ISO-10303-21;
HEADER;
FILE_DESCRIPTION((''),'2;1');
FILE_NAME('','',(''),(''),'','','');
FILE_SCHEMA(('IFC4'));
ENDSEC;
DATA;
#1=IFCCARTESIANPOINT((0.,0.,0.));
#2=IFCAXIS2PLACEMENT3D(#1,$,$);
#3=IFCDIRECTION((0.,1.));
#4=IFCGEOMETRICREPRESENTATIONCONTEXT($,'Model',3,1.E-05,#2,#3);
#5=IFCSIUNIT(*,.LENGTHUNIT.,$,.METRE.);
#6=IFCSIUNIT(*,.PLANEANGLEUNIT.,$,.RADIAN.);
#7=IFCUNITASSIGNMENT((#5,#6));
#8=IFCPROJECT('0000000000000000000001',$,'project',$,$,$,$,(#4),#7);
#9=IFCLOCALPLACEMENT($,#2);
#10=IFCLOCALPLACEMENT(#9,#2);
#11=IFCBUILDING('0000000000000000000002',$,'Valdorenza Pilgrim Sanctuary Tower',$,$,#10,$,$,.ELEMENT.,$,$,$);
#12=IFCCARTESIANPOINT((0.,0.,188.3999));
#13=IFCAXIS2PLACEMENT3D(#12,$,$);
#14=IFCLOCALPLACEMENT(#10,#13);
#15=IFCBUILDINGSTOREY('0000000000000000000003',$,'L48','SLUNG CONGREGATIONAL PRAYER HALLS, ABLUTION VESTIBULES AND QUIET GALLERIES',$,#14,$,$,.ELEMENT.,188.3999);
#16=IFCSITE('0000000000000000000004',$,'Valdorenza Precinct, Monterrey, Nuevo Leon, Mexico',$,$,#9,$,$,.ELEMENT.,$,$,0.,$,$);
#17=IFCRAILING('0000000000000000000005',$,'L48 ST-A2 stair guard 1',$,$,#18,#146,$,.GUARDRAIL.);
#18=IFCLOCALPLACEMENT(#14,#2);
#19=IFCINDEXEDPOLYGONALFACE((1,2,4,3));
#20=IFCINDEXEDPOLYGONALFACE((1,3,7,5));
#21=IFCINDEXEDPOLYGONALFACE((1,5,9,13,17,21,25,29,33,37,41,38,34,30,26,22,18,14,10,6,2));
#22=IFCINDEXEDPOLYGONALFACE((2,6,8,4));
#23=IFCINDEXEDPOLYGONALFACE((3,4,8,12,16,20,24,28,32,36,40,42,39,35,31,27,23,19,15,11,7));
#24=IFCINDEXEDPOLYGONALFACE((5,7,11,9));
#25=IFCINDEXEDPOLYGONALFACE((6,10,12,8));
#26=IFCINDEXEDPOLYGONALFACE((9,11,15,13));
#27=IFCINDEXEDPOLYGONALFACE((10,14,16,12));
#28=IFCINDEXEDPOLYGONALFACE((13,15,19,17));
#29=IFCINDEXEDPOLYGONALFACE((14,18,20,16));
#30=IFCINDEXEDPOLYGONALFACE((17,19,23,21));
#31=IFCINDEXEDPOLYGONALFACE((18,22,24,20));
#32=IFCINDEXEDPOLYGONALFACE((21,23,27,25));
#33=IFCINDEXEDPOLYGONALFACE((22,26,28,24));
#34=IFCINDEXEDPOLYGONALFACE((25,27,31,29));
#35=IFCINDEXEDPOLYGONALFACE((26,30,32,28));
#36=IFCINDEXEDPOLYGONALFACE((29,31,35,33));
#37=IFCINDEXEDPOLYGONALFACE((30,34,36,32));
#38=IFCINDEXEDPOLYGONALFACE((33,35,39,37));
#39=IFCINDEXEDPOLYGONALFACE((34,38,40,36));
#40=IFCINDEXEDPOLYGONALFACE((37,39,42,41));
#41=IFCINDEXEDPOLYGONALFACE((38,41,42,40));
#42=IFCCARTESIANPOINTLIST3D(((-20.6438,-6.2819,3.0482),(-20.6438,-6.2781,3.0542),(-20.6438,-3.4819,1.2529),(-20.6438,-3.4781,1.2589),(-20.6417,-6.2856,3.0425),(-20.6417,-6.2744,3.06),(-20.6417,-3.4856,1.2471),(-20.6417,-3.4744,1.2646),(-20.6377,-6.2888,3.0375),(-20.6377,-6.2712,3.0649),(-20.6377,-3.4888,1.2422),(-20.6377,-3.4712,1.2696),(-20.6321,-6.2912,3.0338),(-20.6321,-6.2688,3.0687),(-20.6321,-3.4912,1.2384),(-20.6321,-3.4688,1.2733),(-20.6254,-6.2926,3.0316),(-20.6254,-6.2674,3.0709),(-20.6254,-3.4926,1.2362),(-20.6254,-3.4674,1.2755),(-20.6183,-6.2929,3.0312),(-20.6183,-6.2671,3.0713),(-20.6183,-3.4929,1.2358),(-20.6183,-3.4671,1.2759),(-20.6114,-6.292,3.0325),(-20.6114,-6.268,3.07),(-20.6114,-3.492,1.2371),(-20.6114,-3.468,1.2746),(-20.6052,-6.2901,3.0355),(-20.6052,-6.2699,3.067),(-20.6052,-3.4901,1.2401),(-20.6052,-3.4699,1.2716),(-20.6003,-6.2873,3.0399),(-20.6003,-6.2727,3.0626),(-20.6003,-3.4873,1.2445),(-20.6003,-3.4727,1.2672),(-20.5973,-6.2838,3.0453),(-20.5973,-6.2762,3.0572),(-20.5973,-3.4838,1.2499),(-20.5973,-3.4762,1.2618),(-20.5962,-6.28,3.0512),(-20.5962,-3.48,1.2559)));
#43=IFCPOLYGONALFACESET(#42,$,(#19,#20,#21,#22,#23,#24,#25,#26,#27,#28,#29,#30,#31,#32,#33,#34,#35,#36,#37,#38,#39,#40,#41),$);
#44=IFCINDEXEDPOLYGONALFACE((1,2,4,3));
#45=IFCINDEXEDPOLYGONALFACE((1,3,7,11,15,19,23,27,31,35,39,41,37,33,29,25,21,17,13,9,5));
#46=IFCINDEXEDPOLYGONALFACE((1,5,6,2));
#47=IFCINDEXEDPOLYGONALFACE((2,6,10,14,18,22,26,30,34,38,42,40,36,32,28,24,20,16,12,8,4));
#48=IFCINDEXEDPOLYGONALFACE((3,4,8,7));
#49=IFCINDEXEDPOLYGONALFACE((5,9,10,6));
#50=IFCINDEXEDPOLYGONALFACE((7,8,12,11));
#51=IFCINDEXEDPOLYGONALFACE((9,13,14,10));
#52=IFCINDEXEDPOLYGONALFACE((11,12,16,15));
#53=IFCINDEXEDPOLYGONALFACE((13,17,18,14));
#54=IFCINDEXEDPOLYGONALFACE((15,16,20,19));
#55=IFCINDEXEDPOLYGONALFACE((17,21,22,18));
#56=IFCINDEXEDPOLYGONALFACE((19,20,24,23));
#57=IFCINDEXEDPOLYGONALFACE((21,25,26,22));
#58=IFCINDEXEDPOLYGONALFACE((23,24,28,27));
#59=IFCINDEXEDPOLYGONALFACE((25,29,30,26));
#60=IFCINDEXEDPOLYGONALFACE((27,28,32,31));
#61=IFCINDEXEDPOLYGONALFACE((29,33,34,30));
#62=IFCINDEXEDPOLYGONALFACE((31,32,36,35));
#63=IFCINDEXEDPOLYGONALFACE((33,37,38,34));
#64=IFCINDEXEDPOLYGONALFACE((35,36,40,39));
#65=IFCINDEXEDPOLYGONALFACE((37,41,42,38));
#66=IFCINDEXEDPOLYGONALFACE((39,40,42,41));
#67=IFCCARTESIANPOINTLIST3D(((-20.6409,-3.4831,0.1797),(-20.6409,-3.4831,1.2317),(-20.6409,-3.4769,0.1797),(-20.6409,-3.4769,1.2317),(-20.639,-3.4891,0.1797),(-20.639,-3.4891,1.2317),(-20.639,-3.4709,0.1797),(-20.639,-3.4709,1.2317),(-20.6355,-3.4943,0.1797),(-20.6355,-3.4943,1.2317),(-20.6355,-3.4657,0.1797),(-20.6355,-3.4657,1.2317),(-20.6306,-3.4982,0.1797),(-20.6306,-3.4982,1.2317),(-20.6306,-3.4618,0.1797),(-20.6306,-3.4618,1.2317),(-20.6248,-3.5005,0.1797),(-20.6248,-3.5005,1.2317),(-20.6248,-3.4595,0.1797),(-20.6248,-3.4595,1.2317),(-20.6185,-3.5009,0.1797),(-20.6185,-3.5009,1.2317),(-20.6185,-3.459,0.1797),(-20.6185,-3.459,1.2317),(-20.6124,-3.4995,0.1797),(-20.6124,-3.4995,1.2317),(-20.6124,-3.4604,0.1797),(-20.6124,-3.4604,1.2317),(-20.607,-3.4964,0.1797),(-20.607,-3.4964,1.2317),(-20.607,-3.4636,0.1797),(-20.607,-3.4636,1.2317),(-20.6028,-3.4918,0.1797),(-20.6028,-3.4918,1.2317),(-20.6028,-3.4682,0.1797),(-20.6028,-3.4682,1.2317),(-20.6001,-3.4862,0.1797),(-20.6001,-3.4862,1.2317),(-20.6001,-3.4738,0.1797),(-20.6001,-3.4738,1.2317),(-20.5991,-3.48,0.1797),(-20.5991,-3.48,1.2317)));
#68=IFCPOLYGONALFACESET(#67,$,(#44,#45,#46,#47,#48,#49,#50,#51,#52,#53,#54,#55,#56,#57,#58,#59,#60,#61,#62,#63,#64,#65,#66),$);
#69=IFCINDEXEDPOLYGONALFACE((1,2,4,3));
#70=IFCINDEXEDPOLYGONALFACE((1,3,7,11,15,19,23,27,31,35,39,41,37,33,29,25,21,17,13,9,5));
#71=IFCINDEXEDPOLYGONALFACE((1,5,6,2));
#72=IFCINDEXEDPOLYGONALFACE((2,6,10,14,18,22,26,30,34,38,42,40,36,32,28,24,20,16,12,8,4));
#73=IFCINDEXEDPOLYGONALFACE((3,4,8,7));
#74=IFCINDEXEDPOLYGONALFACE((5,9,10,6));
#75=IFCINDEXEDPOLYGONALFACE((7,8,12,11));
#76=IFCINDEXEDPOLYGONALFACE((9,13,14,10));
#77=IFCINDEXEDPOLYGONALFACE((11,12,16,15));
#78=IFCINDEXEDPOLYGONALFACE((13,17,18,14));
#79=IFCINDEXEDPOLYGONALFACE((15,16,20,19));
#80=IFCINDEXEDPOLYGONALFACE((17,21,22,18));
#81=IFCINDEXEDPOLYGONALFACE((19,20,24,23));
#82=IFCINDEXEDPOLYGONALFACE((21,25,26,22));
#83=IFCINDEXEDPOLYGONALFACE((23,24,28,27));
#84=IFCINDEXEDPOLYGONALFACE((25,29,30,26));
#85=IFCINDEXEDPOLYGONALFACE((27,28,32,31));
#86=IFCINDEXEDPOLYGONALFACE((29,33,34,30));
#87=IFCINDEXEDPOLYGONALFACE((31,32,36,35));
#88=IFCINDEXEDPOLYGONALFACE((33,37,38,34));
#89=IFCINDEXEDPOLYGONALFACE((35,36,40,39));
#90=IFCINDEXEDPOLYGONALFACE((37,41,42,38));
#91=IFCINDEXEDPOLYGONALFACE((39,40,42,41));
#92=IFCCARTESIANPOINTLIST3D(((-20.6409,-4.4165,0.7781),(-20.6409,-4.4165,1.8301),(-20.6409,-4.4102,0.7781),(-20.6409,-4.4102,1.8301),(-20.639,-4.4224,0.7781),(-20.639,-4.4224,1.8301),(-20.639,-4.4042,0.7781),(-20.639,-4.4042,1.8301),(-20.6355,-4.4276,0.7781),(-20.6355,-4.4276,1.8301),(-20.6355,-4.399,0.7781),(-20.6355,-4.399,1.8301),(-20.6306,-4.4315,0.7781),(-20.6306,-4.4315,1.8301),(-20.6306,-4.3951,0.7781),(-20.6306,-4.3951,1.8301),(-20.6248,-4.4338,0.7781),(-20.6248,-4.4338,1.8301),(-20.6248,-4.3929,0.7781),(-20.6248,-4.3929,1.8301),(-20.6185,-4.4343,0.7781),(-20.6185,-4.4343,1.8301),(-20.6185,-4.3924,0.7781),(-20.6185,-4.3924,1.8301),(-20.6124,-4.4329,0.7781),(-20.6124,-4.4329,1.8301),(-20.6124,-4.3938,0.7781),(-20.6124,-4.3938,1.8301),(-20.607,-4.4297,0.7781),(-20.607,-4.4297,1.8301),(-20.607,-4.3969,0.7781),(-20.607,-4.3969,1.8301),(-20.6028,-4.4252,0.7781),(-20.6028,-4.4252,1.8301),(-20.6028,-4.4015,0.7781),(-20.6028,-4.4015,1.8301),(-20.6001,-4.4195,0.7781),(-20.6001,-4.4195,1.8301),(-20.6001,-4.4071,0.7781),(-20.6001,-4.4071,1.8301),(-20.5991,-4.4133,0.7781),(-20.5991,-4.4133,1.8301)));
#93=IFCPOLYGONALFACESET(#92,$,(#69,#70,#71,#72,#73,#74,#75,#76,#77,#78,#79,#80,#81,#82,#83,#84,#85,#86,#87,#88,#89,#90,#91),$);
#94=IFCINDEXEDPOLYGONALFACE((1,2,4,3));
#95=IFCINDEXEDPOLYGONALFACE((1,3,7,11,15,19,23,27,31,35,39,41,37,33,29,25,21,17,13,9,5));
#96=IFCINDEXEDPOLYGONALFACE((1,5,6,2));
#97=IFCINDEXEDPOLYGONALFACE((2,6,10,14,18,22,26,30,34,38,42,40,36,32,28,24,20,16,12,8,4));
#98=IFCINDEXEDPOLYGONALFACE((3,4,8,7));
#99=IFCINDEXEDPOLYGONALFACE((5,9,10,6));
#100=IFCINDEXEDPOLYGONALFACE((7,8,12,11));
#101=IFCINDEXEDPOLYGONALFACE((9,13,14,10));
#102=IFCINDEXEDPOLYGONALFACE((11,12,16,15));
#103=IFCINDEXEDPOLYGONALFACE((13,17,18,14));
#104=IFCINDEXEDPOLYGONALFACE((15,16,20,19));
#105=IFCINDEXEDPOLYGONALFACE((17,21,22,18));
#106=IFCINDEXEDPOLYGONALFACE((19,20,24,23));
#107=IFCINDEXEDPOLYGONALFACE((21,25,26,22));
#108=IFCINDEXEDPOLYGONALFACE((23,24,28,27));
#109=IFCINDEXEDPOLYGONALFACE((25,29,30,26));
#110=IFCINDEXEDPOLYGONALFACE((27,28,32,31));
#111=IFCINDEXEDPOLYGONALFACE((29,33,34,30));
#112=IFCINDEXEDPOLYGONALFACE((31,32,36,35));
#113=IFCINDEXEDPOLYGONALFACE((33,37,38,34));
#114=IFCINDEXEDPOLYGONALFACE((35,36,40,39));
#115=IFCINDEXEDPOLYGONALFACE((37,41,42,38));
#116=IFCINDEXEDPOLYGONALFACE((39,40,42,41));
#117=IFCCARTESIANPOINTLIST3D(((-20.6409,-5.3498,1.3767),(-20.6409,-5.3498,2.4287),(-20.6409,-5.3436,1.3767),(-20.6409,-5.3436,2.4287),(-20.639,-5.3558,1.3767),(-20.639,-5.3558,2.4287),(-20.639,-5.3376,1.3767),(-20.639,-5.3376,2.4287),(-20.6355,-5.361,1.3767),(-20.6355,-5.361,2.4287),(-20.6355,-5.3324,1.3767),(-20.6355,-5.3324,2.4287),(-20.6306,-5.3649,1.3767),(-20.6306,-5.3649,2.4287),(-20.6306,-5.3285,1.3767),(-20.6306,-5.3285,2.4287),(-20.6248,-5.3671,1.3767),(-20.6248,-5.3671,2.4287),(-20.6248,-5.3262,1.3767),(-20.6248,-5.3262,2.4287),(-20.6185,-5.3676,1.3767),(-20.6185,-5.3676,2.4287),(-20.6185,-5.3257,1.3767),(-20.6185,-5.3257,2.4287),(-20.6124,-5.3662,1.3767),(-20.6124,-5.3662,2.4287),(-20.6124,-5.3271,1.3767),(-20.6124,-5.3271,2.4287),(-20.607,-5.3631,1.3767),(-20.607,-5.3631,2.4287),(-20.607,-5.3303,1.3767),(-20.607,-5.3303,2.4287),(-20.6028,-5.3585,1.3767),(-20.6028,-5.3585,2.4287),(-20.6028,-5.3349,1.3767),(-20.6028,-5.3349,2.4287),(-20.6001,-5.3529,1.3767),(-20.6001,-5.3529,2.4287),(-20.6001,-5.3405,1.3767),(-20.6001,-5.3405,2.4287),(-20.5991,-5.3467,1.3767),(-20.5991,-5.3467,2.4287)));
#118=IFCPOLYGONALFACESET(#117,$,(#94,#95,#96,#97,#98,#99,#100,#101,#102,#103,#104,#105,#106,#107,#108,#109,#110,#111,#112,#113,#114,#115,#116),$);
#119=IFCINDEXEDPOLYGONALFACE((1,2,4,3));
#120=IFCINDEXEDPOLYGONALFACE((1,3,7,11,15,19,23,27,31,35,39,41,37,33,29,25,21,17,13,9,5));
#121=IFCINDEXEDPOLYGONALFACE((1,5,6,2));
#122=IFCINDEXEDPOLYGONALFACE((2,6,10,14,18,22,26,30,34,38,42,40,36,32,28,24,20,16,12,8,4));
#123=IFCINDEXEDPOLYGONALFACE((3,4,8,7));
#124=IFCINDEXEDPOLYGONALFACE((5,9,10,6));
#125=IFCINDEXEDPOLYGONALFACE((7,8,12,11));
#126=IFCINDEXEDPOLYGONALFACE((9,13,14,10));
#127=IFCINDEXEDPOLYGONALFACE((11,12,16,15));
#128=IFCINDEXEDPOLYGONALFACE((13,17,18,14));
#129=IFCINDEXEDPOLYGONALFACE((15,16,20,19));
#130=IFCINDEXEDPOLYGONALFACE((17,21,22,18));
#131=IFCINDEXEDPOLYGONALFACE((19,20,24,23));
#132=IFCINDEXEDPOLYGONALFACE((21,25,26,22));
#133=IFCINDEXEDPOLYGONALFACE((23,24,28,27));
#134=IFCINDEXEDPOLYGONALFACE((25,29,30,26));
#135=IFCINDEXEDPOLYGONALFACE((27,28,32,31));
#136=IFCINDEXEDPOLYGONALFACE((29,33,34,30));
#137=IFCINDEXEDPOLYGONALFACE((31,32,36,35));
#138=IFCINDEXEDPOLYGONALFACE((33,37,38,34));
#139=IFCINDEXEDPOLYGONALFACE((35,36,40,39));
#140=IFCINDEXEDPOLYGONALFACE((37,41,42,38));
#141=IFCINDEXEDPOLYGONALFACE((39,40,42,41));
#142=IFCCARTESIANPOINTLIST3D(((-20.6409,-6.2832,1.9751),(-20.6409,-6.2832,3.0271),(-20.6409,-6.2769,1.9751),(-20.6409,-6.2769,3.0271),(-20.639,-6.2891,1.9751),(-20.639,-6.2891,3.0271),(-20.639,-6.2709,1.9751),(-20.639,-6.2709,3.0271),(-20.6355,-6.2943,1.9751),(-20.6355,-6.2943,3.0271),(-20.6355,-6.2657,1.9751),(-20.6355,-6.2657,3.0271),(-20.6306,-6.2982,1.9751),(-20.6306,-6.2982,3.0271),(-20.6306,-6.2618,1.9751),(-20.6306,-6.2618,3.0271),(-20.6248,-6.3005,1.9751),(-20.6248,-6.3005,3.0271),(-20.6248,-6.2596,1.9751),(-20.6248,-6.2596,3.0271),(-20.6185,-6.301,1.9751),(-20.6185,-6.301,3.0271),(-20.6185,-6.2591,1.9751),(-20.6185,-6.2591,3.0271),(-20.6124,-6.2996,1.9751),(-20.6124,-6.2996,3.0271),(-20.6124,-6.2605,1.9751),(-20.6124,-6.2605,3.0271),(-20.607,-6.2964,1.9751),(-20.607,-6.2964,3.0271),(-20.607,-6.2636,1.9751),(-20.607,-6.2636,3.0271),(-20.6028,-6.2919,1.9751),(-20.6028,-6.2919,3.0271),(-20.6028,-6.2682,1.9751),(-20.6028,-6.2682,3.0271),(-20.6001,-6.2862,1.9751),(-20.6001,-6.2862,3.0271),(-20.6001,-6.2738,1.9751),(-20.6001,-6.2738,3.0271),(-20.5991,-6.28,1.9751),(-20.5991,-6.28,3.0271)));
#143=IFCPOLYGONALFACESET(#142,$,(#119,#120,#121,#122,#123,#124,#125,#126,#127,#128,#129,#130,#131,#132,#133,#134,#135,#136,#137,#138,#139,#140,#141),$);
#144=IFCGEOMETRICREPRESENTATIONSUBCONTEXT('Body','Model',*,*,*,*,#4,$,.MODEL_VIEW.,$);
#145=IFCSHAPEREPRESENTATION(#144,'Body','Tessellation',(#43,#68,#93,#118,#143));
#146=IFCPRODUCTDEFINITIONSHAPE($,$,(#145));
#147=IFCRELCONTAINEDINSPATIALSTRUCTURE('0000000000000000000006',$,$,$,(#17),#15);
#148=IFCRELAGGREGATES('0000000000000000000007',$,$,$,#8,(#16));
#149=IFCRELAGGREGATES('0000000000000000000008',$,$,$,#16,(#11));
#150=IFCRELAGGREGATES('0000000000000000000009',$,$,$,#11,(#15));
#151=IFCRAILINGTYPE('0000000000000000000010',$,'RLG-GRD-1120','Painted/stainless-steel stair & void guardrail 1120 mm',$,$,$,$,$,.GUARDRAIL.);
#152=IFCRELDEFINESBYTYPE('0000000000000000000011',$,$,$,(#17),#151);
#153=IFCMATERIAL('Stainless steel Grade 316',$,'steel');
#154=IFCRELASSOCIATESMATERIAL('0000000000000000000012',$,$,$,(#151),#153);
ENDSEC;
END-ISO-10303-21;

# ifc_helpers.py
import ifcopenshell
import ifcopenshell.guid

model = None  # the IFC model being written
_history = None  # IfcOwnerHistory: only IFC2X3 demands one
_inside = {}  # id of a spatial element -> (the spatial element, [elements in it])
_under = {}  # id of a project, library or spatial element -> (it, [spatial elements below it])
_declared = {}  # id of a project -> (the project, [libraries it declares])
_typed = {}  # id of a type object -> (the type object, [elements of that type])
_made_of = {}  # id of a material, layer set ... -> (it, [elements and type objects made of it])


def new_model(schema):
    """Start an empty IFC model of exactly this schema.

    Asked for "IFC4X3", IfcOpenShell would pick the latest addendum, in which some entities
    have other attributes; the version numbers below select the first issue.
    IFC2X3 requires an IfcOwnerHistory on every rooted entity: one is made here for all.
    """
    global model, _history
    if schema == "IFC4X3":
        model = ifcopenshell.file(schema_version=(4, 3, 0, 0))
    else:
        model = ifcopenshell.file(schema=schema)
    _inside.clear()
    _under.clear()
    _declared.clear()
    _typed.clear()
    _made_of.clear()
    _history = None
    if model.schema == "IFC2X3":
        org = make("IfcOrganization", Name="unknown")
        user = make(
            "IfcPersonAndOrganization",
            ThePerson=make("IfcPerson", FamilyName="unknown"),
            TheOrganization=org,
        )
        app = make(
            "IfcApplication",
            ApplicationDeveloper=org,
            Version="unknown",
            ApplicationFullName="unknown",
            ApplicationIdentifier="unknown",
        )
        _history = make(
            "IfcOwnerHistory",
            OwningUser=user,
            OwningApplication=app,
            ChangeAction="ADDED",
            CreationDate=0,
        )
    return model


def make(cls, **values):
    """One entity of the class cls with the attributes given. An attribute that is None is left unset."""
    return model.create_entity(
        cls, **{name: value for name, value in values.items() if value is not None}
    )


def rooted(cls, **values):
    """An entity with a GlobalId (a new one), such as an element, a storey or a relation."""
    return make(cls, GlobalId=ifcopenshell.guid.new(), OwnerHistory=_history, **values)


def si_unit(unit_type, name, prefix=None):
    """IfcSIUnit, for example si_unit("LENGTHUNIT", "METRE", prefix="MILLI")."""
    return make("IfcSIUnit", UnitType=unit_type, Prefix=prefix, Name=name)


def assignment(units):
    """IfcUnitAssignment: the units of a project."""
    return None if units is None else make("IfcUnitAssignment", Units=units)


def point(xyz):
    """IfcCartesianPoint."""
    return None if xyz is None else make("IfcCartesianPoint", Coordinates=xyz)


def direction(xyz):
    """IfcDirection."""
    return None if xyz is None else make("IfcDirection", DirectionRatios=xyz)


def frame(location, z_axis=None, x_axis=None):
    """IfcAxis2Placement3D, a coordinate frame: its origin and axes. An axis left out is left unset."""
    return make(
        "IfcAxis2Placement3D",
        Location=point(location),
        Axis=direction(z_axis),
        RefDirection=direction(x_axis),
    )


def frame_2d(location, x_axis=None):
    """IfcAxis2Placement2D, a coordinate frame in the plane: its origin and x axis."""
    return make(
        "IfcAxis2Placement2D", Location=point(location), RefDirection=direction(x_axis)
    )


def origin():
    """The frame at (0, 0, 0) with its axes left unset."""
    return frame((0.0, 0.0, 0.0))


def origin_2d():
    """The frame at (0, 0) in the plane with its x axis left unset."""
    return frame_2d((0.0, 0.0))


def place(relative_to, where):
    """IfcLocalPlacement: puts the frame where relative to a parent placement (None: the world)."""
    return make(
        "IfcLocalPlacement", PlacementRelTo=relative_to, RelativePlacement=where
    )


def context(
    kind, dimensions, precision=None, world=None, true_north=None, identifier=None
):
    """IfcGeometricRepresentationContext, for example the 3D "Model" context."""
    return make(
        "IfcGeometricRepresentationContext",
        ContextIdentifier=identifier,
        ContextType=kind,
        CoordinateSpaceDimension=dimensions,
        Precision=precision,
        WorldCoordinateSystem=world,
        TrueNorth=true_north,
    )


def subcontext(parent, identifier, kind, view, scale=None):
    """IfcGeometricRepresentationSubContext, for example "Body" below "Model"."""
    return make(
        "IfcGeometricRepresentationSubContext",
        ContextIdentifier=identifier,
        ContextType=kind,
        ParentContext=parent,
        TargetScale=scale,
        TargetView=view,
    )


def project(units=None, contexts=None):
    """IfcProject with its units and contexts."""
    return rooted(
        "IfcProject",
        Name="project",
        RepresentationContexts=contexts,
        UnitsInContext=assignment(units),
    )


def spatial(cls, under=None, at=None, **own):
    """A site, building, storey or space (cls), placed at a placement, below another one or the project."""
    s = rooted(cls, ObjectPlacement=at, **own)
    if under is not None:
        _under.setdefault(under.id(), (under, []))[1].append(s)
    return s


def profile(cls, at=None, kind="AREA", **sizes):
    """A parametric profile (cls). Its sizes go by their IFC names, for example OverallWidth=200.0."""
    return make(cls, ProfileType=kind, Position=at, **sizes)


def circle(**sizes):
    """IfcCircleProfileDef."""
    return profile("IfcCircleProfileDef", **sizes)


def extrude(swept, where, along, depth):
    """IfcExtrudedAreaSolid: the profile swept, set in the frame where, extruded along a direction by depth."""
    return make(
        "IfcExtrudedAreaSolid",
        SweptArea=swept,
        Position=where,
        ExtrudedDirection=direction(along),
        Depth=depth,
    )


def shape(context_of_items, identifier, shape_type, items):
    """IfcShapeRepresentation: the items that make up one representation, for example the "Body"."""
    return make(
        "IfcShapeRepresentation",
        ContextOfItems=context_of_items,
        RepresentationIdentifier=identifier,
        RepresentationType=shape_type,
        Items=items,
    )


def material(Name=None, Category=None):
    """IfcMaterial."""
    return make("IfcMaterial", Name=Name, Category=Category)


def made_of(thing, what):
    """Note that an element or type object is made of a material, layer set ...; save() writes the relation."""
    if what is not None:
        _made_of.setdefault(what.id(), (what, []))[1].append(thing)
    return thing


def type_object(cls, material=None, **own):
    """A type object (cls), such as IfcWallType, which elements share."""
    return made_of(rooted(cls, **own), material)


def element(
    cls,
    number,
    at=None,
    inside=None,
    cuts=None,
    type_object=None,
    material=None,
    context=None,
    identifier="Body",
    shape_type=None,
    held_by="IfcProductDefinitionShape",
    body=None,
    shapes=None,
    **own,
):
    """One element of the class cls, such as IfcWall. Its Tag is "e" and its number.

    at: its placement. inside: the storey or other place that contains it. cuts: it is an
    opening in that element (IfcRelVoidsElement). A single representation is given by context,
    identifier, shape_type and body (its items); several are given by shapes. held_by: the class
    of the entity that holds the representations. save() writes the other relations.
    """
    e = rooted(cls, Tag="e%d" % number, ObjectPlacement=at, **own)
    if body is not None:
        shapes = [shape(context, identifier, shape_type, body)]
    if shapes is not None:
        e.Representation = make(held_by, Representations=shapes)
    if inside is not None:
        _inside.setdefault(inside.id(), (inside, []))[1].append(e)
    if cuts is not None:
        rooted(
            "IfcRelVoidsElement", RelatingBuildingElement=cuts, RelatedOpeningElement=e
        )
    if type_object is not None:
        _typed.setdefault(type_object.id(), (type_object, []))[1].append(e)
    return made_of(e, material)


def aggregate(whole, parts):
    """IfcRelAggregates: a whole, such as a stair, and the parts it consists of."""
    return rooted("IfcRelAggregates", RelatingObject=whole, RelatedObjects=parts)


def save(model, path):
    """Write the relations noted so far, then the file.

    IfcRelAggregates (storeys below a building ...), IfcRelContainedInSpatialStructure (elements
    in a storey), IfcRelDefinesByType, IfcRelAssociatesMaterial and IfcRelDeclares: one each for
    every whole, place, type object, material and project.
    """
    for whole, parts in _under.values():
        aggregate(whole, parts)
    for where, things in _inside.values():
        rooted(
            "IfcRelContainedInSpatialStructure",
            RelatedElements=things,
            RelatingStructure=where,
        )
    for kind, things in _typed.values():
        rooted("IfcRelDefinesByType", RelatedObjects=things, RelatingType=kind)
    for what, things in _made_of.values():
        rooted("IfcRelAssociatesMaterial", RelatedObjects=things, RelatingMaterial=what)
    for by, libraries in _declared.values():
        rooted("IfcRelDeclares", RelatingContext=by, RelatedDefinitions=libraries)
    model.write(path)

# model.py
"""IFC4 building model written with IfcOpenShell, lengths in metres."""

from ifc_helpers import new_model, si_unit, direction, frame, origin, origin_2d, place, context, subcontext, project, spatial, circle, extrude, material, type_object, element, save


model = new_model("IFC4")

# Units and contexts
model_context = context("Model", 3, precision=1e-05, world=origin(), true_north=direction((0.0, 1.0)))
body_context = subcontext(model_context, "Body", "Model", "MODEL_VIEW")
ifc_project = project(units=[si_unit("LENGTHUNIT", "METRE"), si_unit("PLANEANGLEUNIT", "RADIAN")], contexts=[model_context])

# Site, building, storey
site_placement = place(None, origin())
site = spatial("IfcSite", under=ifc_project, at=site_placement, Name="Valdorenza Precinct, Monterrey, Nuevo Leon, Mexico", CompositionType="ELEMENT", RefElevation=0.0)
building_placement = place(site_placement, origin())
building = spatial("IfcBuilding", under=site, at=building_placement, Name="Valdorenza Pilgrim Sanctuary Tower", CompositionType="ELEMENT")
storey_placement = place(building_placement, frame((0.0, 0.0, 188.3999)))
storey = spatial("IfcBuildingStorey", under=building, at=storey_placement, Name="L48", Description="SLUNG CONGREGATIONAL PRAYER HALLS, ABLUTION VESTIBULES AND QUIET GALLERIES", CompositionType="ELEMENT", Elevation=188.3999)

# Railing
ifc_material_1 = material(Name="Stainless steel Grade 316", Category="steel")
railing_type_1 = type_object("IfcRailingType", Name="RLG-GRD-1120", Description="Painted/stainless-steel stair & void guardrail 1120 mm", PredefinedType="GUARDRAIL", material=ifc_material_1)
railing_1_placement = place(storey_placement, frame((-20.6201, -3.48, 0.1797)))
element("IfcRailing", 1, at=railing_1_placement, inside=storey, type_object=railing_type_1, Name="L48 ST-A2 stair guard 1", PredefinedType="GUARDRAIL", context=body_context, shape_type="SweptSolid", body=[
    extrude(circle(Radius=0.0239, at=origin_2d()), frame((0.0, 0.0, 1.0762), z_axis=(0.0, -0.84181, 0.539774), x_axis=(1.0, 0.0, 0.0)), (0.0, 0.0, 1.0), 3.3262),
    extrude(circle(Radius=0.021, at=origin_2d()), origin(), (0.0, 0.0, 1.0), 1.052),
    extrude(circle(Radius=0.021, at=origin_2d()), frame((0.0, -0.9333, 0.5984)), (0.0, 0.0, 1.0), 1.052),
    extrude(circle(Radius=0.021, at=origin_2d()), frame((0.0, -1.8667, 1.197)), (0.0, 0.0, 1.0), 1.052),
    extrude(circle(Radius=0.021, at=origin_2d()), frame((0.0, -2.8, 1.7954)), (0.0, 0.0, 1.0), 1.052),
])

save(model, "model.ifc")
